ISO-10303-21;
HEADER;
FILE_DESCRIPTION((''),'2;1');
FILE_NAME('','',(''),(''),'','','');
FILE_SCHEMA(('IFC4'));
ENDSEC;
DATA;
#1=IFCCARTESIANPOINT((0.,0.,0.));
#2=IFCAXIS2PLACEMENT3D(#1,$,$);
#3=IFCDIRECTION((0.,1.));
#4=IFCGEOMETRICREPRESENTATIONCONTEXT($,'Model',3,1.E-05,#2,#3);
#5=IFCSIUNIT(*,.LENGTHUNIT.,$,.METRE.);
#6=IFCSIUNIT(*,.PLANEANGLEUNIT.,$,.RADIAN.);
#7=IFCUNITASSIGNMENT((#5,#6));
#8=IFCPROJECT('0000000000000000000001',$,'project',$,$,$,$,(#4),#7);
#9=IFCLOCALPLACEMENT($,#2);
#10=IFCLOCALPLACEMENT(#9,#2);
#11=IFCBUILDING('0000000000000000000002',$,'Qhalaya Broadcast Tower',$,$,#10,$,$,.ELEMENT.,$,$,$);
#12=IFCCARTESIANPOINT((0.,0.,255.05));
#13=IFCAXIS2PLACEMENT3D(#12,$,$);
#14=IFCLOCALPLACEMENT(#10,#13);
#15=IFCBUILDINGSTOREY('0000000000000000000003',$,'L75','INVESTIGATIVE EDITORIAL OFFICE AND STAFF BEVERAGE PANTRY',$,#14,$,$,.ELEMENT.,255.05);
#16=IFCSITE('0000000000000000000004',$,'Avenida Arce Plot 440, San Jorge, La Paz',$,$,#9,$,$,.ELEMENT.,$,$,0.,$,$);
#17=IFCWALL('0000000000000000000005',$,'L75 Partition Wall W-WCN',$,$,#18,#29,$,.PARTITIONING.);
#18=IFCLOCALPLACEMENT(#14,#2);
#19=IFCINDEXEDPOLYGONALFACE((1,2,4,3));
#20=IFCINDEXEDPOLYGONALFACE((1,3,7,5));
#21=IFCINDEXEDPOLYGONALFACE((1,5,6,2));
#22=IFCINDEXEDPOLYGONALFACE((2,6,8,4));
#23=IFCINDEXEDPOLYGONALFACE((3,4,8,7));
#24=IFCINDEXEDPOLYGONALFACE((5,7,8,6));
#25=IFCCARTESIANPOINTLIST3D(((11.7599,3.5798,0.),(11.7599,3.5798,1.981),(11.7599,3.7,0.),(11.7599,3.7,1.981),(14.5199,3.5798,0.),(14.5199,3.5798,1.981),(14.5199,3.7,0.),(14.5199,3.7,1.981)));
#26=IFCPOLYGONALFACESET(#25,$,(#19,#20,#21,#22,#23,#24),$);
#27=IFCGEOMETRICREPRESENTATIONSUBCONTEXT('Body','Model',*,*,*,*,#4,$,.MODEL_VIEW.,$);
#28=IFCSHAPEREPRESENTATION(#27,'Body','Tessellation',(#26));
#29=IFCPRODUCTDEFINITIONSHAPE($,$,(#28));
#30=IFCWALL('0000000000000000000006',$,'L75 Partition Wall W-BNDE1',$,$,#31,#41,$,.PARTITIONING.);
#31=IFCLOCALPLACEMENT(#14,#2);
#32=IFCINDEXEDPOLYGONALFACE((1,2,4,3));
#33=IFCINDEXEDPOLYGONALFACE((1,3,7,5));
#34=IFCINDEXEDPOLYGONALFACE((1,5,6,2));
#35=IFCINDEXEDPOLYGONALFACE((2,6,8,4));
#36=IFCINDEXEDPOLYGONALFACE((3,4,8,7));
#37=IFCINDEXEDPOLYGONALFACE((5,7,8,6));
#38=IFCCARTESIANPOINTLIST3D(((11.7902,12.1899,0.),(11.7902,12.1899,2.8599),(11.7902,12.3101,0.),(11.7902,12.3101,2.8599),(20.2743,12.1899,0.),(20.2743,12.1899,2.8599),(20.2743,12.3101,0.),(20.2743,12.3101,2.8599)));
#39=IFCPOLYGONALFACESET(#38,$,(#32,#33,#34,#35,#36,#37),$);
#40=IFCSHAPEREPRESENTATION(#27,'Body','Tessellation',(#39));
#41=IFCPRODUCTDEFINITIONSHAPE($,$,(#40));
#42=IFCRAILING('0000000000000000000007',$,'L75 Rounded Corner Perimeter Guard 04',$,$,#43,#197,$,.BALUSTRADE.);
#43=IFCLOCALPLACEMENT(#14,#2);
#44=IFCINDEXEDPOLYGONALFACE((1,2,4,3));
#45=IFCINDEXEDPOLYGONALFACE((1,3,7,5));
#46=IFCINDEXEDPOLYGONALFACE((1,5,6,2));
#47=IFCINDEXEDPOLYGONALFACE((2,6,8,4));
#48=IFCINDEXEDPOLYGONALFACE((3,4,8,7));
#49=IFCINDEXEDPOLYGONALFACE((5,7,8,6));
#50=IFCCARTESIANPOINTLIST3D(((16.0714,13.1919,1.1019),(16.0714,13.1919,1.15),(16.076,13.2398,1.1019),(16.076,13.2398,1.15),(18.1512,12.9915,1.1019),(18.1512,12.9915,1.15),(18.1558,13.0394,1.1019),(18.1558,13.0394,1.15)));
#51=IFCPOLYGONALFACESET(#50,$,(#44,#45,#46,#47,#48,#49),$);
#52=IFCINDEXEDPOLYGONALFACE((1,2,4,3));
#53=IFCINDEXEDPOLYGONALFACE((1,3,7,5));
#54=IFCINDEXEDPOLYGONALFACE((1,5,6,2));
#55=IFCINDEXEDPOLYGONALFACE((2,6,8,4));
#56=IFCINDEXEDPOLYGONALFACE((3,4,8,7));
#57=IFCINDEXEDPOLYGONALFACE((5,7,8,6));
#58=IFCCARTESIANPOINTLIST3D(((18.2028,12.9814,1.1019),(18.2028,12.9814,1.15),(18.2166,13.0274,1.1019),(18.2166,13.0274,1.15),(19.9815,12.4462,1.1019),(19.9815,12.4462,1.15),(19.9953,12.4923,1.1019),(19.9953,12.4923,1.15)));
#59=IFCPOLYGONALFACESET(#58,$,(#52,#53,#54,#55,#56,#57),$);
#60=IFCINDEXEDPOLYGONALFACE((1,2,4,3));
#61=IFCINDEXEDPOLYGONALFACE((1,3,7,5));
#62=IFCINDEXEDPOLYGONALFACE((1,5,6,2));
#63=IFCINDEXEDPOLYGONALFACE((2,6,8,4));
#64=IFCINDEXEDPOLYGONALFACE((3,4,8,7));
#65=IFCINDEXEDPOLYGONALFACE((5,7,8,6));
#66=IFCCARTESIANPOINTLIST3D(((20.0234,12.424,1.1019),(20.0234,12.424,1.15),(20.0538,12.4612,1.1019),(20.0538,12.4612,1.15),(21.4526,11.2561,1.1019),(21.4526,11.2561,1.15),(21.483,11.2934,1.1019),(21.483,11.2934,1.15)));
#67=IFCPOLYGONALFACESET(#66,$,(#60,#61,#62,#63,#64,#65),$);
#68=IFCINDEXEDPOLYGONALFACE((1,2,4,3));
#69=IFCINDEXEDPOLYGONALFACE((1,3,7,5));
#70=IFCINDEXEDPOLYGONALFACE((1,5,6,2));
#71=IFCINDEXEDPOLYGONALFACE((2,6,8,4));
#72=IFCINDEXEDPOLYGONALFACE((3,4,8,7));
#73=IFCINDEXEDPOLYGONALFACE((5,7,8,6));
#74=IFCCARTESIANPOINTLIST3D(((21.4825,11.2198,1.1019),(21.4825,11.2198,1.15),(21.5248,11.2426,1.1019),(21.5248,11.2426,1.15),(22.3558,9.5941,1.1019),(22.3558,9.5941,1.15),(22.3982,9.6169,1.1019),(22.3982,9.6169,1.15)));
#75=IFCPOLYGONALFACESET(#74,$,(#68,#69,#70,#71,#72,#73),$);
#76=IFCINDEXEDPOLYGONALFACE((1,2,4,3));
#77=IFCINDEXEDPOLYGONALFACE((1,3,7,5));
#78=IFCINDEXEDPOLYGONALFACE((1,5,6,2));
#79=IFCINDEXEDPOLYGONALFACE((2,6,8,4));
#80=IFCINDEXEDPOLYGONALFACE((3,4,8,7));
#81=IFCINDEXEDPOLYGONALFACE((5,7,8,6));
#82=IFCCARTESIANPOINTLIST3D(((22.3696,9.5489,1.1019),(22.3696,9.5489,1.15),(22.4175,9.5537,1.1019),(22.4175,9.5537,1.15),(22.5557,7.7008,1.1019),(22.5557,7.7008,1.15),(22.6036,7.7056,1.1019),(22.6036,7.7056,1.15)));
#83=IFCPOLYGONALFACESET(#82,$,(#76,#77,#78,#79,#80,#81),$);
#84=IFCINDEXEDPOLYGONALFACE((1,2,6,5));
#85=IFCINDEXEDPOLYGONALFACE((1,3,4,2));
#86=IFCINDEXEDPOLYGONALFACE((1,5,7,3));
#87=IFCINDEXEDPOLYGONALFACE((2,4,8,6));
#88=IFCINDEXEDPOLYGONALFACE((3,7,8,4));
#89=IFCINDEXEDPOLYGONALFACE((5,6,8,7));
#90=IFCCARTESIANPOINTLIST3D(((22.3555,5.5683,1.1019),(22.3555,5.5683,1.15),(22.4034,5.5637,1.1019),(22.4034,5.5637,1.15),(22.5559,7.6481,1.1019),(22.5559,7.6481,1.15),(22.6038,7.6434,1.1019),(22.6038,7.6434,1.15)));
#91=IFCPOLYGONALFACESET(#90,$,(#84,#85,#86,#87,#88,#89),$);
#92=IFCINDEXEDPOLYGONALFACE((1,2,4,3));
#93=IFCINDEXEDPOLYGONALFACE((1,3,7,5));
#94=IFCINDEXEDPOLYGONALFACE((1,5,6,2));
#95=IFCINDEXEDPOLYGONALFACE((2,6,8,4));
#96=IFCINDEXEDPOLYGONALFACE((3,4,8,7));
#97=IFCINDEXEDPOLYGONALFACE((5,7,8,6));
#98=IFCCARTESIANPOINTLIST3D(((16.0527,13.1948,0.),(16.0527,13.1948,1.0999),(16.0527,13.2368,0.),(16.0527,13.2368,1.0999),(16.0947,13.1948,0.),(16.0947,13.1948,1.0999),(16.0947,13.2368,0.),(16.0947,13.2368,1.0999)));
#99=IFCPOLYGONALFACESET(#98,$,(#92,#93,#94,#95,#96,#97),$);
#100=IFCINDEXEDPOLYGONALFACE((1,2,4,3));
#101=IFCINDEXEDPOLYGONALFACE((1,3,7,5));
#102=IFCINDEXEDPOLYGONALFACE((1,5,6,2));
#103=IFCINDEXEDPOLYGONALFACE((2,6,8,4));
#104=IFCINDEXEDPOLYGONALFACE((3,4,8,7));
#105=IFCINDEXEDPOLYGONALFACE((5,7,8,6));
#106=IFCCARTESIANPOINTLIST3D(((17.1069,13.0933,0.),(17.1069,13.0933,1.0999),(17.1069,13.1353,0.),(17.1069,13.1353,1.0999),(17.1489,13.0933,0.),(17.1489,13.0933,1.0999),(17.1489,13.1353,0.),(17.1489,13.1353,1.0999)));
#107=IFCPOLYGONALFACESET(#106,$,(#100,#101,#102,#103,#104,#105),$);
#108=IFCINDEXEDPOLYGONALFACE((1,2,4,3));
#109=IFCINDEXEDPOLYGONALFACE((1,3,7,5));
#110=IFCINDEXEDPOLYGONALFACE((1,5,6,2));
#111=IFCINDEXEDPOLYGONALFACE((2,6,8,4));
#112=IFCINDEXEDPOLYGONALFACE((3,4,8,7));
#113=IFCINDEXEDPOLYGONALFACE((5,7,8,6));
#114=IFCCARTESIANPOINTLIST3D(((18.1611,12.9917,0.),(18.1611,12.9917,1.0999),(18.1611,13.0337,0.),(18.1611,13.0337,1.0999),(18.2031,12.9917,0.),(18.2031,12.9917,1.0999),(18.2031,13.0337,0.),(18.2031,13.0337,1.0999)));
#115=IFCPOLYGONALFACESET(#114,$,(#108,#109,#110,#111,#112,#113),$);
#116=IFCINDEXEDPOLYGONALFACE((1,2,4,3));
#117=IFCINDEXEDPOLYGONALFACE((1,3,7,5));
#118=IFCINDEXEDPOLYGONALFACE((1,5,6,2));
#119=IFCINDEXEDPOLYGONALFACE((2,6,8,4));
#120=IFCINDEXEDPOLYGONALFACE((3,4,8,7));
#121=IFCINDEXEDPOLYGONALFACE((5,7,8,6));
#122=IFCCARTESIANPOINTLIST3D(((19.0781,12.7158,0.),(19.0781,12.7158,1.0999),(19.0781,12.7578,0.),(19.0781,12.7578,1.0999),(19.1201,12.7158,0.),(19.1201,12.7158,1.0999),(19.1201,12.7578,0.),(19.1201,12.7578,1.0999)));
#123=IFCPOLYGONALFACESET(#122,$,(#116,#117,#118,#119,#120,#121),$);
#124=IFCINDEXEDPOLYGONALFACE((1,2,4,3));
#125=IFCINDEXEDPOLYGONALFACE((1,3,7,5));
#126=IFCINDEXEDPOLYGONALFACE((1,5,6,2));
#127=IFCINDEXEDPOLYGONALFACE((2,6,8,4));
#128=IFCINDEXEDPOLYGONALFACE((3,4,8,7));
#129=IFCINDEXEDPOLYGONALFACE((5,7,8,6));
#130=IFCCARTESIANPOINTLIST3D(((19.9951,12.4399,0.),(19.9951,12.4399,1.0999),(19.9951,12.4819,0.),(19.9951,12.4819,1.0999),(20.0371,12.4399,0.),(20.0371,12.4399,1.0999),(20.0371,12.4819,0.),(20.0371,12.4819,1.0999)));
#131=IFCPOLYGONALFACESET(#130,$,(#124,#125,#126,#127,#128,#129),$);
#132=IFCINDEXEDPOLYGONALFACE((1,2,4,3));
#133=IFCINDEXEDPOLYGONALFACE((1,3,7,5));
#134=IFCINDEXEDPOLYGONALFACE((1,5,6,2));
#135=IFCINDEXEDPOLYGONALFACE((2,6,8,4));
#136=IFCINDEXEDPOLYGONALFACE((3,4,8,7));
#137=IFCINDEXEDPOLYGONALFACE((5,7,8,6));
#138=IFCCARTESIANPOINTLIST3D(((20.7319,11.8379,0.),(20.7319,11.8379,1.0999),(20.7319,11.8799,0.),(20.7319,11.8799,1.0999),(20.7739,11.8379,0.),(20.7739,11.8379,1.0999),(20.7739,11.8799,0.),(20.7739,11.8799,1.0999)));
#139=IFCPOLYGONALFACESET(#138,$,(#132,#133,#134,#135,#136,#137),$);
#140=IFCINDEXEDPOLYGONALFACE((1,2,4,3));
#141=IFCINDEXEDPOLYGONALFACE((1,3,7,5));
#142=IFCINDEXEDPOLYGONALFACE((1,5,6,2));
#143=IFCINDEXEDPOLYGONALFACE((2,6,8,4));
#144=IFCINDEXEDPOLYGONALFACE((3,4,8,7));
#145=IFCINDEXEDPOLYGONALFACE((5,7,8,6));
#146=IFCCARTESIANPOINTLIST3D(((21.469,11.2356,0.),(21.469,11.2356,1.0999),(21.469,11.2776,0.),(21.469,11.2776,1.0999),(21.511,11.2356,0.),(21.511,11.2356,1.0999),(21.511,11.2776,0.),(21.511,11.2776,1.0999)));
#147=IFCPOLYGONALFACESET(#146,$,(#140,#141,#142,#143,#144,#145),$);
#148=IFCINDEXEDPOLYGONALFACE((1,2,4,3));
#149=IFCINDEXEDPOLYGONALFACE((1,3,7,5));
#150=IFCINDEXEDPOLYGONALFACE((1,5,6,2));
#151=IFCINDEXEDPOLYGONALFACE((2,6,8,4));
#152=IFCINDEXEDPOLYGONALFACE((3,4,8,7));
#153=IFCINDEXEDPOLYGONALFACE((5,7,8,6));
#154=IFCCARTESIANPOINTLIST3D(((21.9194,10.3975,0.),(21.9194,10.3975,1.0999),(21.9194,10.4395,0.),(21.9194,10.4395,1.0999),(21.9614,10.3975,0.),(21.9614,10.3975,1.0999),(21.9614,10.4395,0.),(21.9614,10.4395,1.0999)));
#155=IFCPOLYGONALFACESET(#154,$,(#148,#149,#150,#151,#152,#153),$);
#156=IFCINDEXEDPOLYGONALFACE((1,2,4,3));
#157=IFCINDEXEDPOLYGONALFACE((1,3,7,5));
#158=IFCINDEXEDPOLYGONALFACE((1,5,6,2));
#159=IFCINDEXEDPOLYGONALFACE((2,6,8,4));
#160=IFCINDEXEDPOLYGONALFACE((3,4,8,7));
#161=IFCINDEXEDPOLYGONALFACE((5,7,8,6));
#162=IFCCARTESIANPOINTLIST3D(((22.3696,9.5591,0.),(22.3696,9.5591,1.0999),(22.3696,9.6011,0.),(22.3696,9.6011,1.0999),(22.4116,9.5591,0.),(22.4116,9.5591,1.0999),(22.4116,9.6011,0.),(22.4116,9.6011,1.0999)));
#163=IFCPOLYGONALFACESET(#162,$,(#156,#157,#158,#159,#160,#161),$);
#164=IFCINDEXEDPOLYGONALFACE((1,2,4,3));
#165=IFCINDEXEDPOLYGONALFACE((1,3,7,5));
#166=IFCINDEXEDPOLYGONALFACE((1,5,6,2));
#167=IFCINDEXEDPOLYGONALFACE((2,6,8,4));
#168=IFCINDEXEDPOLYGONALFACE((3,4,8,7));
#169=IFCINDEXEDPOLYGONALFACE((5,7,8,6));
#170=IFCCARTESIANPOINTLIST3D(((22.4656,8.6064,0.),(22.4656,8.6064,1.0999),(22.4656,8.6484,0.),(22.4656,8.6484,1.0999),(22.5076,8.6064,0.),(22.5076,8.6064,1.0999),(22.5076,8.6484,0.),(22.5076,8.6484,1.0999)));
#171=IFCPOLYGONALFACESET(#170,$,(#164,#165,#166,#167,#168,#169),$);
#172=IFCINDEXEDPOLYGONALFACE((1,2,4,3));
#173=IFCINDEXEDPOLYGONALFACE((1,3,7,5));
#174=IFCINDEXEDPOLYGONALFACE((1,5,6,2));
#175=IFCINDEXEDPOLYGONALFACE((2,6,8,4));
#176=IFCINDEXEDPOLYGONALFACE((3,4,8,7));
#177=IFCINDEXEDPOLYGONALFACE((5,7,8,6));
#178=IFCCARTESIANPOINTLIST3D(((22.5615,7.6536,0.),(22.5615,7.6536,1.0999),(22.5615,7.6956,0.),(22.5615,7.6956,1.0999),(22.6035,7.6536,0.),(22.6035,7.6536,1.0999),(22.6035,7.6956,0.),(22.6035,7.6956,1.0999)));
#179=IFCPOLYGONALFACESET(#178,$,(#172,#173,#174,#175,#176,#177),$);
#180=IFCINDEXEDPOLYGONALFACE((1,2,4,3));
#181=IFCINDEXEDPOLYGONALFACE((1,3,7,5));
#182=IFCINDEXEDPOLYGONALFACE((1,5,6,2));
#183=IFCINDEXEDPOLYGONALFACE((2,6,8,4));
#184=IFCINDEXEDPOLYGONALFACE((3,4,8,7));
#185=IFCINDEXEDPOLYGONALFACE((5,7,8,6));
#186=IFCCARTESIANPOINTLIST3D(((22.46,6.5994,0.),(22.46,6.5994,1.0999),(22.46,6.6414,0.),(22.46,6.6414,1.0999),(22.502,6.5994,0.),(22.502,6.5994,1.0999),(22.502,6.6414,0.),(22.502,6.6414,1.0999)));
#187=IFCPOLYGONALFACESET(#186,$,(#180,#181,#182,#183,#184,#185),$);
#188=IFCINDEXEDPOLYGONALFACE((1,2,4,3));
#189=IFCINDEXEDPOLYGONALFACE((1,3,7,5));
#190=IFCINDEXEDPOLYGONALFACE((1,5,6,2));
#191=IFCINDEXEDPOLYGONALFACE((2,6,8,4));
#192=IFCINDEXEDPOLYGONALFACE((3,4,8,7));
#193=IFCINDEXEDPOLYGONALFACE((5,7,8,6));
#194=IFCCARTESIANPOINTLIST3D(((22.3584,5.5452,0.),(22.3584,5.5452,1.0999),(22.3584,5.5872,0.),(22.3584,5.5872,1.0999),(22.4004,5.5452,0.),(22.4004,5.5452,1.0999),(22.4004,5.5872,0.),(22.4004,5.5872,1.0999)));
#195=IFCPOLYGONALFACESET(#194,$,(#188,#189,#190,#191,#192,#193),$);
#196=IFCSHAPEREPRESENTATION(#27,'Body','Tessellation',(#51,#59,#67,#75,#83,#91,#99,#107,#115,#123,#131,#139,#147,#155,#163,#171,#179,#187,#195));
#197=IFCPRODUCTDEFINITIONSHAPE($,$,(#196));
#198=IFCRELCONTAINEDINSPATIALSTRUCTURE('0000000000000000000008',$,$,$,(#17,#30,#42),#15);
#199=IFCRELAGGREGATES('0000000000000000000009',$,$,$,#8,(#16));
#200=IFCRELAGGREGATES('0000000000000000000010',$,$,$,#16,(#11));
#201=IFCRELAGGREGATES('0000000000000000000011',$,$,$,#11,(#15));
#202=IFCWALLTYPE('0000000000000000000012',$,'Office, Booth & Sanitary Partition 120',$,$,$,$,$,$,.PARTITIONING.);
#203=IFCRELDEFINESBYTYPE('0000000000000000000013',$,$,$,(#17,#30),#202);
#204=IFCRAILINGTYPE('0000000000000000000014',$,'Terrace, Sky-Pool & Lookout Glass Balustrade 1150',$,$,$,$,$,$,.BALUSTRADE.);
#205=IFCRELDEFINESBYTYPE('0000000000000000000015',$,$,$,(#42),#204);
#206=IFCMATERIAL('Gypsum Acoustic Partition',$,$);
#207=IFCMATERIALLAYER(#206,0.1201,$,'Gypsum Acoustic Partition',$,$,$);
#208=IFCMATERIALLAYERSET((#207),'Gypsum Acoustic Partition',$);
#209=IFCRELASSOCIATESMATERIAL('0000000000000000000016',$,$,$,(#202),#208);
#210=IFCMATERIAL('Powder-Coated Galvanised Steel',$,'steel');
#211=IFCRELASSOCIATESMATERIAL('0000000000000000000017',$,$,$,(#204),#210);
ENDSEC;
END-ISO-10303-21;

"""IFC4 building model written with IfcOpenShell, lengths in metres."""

from ifc_helpers import new_model, si_unit, direction, frame, frame_2d, origin, origin_2d, place, context, subcontext, project, spatial, rectangle, extrude, material, layer, layer_set, type_object, element, save


model = new_model("IFC4")

# Units and contexts
model_context = context("Model", 3, precision=1e-05, world=origin(), true_north=direction((0.0, 1.0)))
body_context = subcontext(model_context, "Body", "Model", "MODEL_VIEW")
ifc_project = project(units=[si_unit("LENGTHUNIT", "METRE"), si_unit("PLANEANGLEUNIT", "RADIAN")], contexts=[model_context])

# Site, building, storey
site_placement = place(None, origin())
site = spatial("IfcSite", under=ifc_project, at=site_placement, Name="Avenida Arce Plot 440, San Jorge, La Paz", CompositionType="ELEMENT", RefElevation=0.0)
building_placement = place(site_placement, origin())
building = spatial("IfcBuilding", under=site, at=building_placement, Name="Qhalaya Broadcast Tower", CompositionType="ELEMENT")
storey_placement = place(building_placement, frame((0.0, 0.0, 255.05)))
storey = spatial("IfcBuildingStorey", under=building, at=storey_placement, Name="L75", Description="INVESTIGATIVE EDITORIAL OFFICE AND STAFF BEVERAGE PANTRY", CompositionType="ELEMENT", Elevation=255.05)

# Shared definitions
ifc_material_1 = material(Name="Gypsum Acoustic Partition")

# Walls
ifc_layer_1 = layer(ifc_material_1, 0.1201, Name="Gypsum Acoustic Partition")
ifc_layer_set_1 = layer_set([ifc_layer_1], Name="Gypsum Acoustic Partition")
wall_type_1 = type_object("IfcWallType", Name="Office, Booth & Sanitary Partition 120", PredefinedType="PARTITIONING", material=ifc_layer_set_1)
wall_1_placement = place(storey_placement, frame((11.76, 3.6399, 0.0), z_axis=(0.0, 0.0, 1.0), x_axis=(1.0, 0.0, 0.0)))
element("IfcWall", 1, at=wall_1_placement, inside=storey, type_object=wall_type_1, Name="L75 Partition Wall W-WCN", PredefinedType="PARTITIONING", context=body_context, shape_type="SweptSolid", body=[
    extrude(rectangle(XDim=2.76, YDim=0.1201, at=frame_2d((1.3799, 0.0))), origin(), (0.0, 0.0, 1.0), 1.981),
])
wall_2_placement = place(storey_placement, frame((11.79, 12.25, 0.0), z_axis=(0.0, 0.0, 1.0), x_axis=(1.0, 0.0, 0.0)))
element("IfcWall", 2, at=wall_2_placement, inside=storey, type_object=wall_type_1, Name="L75 Partition Wall W-BNDE1", PredefinedType="PARTITIONING", context=body_context, shape_type="SweptSolid", body=[
    extrude(rectangle(XDim=8.4841, YDim=0.1201, at=frame_2d((4.2422, 0.0))), origin(), (0.0, 0.0, 1.0), 2.8599),
])

# Railing
ifc_material_2 = material(Name="Powder-Coated Galvanised Steel", Category="steel")
railing_type = type_object("IfcRailingType", Name="Terrace, Sky-Pool & Lookout Glass Balustrade 1150", PredefinedType="BALUSTRADE", material=ifc_material_2)
railing_placement = place(storey_placement, frame((16.0737, 13.2158, 0.0)))
element("IfcRailing", 3, at=railing_placement, inside=storey, type_object=railing_type, Name="L75 Rounded Corner Perimeter Guard 04", PredefinedType="BALUSTRADE", context=body_context, shape_type="SweptSolid", body=[
    extrude(rectangle(XDim=0.0481, YDim=0.0481, at=origin_2d()), frame((0.0, 0.0, 1.126), z_axis=(0.995391, -0.095897, 0.0), x_axis=(0.095897, 0.995391, 0.0)), (0.0, 0.0, 1.0), 2.0894),
    extrude(rectangle(XDim=0.0481, YDim=0.0481, at=origin_2d()), frame((2.136, -0.2114, 1.126), z_axis=(0.957601, -0.288096, 0.0), x_axis=(0.288096, 0.957601, 0.0)), (0.0, 0.0, 1.0), 1.8574),
    extrude(rectangle(XDim=0.0481, YDim=0.0481, at=origin_2d()), frame((3.9648, -0.7732, 1.126), z_axis=(0.774357, -0.632749, 0.0), x_axis=(0.632749, 0.774357, 0.0)), (0.0, 0.0, 1.0), 1.8457),
    extrude(rectangle(XDim=0.0481, YDim=0.0481, at=origin_2d()), frame((5.4299, -1.9846, 1.126), z_axis=(0.473243, -0.880932, 0.0), x_axis=(0.880932, 0.473243, 0.0)), (0.0, 0.0, 1.0), 1.8455),
    extrude(rectangle(XDim=0.0481, YDim=0.0481, at=origin_2d()), frame((6.3198, -3.6646, 1.126), z_axis=(0.100198, -0.994968, 0.0), x_axis=(0.994968, 0.100198, 0.0)), (0.0, 0.0, 1.0), 1.8574),
    extrude(rectangle(XDim=0.0481, YDim=0.0481, at=origin_2d()), frame((6.5061, -5.5701, 1.126), z_axis=(-0.095897, -0.995391, 0.0), x_axis=(0.995391, -0.095897, 0.0)), (0.0, 0.0, 1.0), 2.0894),
    extrude(rectangle(XDim=0.042, YDim=0.042, at=origin_2d()), origin(), (0.0, 0.0, 1.0), 1.0999),
    extrude(rectangle(XDim=0.042, YDim=0.042, at=origin_2d()), frame((1.0542, -0.1016, 0.0)), (0.0, 0.0, 1.0), 1.0999),
    extrude(rectangle(XDim=0.042, YDim=0.042, at=origin_2d()), frame((2.1084, -0.2031, 0.0)), (0.0, 0.0, 1.0), 1.0999),
    extrude(rectangle(XDim=0.042, YDim=0.042, at=origin_2d()), frame((3.0254, -0.479, 0.0)), (0.0, 0.0, 1.0), 1.0999),
    extrude(rectangle(XDim=0.042, YDim=0.042, at=origin_2d()), frame((3.9424, -0.7549, 0.0)), (0.0, 0.0, 1.0), 1.0999),
    extrude(rectangle(XDim=0.042, YDim=0.042, at=origin_2d()), frame((4.6792, -1.3569, 0.0)), (0.0, 0.0, 1.0), 1.0999),
    extrude(rectangle(XDim=0.042, YDim=0.042, at=origin_2d()), frame((5.4163, -1.9592, 0.0)), (0.0, 0.0, 1.0), 1.0999),
    extrude(rectangle(XDim=0.042, YDim=0.042, at=origin_2d()), frame((5.8667, -2.7974, 0.0)), (0.0, 0.0, 1.0), 1.0999),
    extrude(rectangle(XDim=0.042, YDim=0.042, at=origin_2d()), frame((6.3169, -3.6357, 0.0)), (0.0, 0.0, 1.0), 1.0999),
    extrude(rectangle(XDim=0.042, YDim=0.042, at=origin_2d()), frame((6.4128, -4.5884, 0.0)), (0.0, 0.0, 1.0), 1.0999),
    extrude(rectangle(XDim=0.042, YDim=0.042, at=origin_2d()), frame((6.5088, -5.5413, 0.0)), (0.0, 0.0, 1.0), 1.0999),
    extrude(rectangle(XDim=0.042, YDim=0.042, at=origin_2d()), frame((6.4072, -6.5955, 0.0)), (0.0, 0.0, 1.0), 1.0999),
    extrude(rectangle(XDim=0.042, YDim=0.042, at=origin_2d()), frame((6.3057, -7.6497, 0.0)), (0.0, 0.0, 1.0), 1.0999),
])

save(model, "model.ifc")
